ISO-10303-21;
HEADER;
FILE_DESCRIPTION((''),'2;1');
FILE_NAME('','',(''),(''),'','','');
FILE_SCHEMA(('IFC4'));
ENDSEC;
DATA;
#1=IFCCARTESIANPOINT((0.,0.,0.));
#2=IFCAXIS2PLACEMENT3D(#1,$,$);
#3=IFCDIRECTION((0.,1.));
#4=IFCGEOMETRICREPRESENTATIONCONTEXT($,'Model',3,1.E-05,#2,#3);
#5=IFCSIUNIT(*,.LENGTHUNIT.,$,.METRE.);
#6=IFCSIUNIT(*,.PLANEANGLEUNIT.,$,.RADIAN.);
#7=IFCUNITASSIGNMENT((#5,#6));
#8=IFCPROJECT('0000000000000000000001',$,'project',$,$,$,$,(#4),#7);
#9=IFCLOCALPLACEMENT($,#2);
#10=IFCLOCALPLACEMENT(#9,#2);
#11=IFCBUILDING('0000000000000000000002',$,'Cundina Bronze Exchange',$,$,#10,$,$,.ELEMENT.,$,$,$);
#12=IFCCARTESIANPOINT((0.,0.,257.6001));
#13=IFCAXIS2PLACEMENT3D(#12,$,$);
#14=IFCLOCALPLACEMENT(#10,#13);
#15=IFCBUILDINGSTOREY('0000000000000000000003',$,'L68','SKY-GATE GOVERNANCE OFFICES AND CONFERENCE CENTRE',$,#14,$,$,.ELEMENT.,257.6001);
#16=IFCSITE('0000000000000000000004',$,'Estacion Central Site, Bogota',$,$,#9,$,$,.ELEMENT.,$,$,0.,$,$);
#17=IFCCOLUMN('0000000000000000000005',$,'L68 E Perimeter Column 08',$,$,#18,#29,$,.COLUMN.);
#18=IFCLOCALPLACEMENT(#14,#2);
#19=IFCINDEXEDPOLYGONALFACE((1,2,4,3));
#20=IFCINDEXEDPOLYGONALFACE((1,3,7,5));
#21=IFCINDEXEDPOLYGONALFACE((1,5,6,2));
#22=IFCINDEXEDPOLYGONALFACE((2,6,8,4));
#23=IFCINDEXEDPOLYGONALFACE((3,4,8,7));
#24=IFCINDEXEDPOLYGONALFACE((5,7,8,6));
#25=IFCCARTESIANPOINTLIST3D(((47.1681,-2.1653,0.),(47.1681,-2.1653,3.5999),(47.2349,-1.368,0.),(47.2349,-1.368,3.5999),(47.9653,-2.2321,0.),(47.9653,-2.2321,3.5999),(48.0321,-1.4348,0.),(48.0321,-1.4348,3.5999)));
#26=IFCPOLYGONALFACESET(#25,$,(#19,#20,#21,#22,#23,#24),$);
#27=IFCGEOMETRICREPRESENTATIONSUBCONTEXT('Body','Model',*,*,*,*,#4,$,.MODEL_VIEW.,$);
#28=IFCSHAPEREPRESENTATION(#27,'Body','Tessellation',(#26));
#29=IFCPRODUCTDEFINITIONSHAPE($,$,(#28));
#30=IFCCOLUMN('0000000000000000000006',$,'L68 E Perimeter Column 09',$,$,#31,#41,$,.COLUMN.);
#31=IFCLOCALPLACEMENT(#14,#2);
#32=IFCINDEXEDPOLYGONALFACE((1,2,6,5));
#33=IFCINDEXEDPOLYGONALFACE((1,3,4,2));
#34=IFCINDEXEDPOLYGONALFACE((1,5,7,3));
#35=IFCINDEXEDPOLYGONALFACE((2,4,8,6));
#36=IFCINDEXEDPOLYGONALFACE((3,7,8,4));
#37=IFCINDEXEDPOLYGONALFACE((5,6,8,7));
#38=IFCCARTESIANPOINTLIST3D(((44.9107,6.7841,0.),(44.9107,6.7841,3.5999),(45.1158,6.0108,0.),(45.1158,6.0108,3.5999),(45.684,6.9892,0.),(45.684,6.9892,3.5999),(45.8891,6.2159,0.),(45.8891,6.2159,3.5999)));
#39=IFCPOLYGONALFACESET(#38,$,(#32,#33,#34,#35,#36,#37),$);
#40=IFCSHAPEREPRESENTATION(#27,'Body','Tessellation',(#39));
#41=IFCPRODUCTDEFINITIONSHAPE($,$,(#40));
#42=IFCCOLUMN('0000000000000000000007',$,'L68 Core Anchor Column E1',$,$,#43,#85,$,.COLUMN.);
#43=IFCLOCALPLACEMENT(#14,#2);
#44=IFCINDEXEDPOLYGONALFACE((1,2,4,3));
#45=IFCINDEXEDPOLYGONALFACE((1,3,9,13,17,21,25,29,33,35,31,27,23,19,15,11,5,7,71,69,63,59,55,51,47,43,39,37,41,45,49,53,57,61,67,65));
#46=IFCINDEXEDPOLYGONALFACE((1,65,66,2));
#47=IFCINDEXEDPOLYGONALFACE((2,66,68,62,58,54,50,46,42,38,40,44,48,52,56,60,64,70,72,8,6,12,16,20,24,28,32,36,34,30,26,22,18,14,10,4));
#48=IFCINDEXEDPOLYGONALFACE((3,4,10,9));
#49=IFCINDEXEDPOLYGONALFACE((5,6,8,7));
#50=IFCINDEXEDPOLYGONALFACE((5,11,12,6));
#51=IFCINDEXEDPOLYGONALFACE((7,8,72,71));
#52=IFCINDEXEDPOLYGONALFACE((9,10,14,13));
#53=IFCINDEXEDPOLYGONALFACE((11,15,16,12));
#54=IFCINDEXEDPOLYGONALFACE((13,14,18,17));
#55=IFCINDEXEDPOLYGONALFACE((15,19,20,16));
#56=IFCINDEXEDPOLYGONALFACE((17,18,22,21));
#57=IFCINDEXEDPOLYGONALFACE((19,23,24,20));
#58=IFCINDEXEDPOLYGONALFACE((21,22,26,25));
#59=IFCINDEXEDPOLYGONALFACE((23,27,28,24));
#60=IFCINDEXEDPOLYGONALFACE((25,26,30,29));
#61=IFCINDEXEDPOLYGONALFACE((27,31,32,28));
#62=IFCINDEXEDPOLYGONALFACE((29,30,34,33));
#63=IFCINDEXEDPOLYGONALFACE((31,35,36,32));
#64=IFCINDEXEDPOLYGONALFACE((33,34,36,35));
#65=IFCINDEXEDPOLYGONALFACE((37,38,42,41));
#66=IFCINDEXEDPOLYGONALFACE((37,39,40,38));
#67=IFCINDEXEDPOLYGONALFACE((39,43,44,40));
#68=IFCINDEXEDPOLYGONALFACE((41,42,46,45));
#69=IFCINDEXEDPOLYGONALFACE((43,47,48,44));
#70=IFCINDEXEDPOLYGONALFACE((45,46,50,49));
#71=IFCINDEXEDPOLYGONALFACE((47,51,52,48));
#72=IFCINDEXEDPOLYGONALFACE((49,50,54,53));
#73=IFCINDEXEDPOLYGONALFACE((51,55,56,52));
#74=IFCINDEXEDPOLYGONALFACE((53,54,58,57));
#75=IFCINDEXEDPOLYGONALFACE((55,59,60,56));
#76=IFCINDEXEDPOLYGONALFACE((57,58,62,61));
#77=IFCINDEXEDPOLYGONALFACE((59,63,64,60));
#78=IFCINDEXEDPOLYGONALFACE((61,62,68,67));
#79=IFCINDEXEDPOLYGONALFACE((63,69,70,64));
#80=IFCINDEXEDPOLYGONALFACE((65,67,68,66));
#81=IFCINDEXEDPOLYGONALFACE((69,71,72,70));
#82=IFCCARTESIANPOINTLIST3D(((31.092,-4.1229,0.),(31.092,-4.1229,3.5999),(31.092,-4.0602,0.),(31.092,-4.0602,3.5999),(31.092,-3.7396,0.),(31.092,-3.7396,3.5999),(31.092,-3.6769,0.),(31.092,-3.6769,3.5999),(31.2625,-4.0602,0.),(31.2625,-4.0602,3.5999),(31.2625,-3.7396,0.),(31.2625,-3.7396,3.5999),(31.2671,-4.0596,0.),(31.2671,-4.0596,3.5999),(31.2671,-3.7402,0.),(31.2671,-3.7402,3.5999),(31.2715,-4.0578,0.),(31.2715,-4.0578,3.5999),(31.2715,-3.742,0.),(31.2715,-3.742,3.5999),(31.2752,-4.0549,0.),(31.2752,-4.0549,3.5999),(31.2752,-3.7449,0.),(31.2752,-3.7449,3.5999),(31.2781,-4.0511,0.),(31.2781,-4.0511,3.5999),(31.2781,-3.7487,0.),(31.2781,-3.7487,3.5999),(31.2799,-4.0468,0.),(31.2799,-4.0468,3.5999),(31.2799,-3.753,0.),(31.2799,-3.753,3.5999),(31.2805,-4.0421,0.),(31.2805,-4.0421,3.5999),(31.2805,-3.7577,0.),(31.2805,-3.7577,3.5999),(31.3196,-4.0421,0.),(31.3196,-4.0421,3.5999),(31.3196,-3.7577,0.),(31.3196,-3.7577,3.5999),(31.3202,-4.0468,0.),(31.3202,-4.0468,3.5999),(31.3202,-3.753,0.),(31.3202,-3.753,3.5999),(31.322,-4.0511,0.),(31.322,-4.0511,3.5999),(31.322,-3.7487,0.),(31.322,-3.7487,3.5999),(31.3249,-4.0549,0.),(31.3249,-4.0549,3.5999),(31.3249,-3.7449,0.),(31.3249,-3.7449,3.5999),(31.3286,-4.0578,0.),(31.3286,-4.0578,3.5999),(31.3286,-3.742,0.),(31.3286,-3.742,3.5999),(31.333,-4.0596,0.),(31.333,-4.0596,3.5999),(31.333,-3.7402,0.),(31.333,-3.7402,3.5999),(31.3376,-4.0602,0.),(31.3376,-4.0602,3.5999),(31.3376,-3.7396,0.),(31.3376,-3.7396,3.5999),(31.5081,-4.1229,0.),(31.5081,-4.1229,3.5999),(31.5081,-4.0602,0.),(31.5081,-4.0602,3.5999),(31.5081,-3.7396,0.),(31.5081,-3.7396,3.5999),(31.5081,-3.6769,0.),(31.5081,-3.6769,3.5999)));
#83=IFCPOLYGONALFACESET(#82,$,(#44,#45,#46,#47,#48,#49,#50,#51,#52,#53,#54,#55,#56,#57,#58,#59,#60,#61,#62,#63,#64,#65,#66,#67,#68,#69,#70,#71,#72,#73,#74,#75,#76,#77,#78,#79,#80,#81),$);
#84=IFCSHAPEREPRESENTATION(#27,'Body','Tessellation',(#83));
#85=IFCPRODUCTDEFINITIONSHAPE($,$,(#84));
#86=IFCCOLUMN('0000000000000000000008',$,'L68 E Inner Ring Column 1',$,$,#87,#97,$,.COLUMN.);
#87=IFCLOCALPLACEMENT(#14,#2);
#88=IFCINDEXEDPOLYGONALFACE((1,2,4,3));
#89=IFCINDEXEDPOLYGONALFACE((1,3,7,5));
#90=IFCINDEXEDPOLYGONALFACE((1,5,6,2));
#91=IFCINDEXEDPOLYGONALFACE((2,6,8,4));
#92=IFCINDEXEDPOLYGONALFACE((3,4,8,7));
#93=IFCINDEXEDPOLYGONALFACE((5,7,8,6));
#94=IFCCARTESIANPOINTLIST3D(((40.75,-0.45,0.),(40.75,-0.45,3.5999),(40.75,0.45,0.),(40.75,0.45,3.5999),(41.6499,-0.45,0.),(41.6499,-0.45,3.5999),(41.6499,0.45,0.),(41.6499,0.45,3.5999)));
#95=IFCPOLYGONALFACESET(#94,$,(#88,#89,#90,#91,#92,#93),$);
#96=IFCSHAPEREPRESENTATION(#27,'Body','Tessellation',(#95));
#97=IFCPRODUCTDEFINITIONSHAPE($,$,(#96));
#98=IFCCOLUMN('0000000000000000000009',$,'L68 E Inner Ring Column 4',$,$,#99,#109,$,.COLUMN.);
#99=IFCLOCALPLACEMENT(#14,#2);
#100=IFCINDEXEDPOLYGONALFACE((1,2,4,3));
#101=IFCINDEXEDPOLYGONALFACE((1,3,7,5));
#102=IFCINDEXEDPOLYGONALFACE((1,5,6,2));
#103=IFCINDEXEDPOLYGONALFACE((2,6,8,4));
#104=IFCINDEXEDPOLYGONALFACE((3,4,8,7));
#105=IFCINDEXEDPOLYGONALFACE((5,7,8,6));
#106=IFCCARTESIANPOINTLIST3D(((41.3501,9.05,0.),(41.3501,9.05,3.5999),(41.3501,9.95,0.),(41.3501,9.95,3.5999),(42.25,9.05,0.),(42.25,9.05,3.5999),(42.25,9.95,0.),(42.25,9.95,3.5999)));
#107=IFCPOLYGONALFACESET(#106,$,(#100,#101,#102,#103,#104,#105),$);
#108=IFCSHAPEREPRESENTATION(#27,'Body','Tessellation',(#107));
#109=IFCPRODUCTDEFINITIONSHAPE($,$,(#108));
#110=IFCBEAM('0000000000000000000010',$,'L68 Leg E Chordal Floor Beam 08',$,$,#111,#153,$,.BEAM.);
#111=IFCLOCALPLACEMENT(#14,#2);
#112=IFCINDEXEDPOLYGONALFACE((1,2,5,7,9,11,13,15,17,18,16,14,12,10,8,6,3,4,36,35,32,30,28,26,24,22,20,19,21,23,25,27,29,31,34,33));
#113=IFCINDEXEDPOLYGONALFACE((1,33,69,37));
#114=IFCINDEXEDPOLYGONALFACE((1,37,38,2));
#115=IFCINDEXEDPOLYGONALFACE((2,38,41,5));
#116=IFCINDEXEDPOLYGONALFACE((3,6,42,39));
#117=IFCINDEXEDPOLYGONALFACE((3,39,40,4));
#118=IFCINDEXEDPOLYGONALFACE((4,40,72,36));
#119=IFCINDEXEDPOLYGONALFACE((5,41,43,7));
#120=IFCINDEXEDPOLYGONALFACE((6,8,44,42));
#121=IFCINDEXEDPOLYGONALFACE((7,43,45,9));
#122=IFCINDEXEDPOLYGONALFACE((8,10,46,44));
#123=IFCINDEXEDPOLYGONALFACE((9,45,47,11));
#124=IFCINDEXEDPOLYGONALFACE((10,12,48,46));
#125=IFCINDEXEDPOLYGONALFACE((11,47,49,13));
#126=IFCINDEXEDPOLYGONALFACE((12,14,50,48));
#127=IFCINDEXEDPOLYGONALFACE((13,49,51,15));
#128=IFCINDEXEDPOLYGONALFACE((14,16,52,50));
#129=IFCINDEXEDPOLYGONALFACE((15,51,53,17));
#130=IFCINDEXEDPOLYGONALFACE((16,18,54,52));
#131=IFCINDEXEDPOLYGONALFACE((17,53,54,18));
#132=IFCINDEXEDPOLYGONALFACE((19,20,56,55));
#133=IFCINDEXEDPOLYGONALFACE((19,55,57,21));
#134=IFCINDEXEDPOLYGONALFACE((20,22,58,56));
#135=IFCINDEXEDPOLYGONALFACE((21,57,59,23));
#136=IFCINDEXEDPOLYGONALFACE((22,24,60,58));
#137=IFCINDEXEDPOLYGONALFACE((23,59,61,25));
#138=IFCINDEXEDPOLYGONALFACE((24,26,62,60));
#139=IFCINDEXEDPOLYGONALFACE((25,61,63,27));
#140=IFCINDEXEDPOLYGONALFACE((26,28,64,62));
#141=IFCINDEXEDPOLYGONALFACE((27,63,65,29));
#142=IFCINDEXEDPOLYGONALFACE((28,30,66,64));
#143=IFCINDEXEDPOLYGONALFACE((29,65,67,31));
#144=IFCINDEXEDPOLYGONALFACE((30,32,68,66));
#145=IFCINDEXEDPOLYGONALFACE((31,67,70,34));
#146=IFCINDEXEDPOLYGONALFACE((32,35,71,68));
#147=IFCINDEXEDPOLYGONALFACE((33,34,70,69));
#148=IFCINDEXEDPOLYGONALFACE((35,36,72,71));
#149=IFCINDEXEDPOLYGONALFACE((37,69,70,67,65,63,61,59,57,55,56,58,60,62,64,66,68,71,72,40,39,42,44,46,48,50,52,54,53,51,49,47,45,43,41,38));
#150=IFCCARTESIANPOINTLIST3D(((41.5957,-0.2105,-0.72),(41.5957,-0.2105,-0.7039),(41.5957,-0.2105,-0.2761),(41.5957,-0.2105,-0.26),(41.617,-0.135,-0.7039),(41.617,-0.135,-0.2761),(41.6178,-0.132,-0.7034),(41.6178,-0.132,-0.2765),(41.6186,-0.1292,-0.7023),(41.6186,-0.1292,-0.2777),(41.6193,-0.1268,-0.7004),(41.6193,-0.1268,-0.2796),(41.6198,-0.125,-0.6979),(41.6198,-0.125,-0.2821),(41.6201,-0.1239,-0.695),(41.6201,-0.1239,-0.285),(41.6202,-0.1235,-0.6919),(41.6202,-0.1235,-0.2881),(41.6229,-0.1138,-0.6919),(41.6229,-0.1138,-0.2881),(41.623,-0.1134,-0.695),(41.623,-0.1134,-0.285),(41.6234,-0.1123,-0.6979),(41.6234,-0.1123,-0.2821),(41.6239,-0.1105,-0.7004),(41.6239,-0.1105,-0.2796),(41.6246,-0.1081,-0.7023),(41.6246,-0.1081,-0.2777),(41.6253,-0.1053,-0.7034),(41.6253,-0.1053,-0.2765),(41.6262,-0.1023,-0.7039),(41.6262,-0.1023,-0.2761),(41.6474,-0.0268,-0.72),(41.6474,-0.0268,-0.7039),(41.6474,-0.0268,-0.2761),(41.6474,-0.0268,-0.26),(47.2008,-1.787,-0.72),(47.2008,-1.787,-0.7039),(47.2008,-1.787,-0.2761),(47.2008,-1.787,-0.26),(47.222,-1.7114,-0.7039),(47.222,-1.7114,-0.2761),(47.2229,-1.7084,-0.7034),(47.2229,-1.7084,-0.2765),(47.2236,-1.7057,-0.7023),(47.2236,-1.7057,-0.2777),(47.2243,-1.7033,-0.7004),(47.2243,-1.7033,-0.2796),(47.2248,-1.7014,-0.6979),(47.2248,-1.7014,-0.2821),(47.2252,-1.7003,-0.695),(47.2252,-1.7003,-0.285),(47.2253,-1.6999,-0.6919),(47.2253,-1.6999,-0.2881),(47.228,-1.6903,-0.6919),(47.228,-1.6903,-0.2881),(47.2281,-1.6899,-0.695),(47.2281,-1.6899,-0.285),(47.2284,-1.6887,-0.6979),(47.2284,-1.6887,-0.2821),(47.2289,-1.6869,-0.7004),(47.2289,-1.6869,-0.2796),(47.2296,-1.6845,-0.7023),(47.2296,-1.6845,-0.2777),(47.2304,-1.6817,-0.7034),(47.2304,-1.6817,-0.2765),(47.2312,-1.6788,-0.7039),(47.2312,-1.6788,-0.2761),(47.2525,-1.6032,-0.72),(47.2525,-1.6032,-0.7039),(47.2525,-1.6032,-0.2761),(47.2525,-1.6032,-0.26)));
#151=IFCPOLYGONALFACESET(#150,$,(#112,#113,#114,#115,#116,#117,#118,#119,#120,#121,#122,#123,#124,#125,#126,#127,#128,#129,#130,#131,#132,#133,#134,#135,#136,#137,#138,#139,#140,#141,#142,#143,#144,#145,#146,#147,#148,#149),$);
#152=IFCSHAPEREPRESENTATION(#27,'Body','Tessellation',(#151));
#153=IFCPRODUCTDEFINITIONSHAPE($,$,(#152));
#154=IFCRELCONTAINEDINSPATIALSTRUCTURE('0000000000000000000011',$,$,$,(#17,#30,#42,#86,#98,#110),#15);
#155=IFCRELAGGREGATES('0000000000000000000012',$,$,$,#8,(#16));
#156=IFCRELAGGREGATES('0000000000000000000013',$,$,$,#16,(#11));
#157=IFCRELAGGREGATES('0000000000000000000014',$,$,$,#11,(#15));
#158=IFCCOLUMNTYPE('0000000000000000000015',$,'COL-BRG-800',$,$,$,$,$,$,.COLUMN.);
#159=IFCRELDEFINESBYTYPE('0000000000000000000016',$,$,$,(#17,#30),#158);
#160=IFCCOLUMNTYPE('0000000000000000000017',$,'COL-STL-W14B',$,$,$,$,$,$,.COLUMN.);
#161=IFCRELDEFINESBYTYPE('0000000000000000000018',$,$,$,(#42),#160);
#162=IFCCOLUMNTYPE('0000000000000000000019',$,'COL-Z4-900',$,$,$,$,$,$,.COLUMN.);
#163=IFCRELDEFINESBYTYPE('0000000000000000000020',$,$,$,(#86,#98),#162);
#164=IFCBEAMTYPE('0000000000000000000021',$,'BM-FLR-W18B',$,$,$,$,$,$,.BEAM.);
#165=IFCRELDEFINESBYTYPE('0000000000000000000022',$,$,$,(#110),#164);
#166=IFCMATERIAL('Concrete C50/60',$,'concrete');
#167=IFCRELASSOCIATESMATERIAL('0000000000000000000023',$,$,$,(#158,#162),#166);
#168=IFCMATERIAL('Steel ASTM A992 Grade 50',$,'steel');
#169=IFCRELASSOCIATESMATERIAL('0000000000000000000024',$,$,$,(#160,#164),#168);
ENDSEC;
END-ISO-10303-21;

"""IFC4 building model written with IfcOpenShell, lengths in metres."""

from ifc_helpers import new_model, si_unit, direction, frame, origin, origin_2d, place, context, subcontext, project, spatial, rectangle, i_section, extrude, material, material_profile, profile_set, type_object, element, save


model = new_model("IFC4")

# Units and contexts
model_context = context("Model", 3, precision=1e-05, world=origin(), true_north=direction((0.0, 1.0)))
body_context = subcontext(model_context, "Body", "Model", "MODEL_VIEW")
ifc_project = project(units=[si_unit("LENGTHUNIT", "METRE"), si_unit("PLANEANGLEUNIT", "RADIAN")], contexts=[model_context])

# Site, building, storey
site_placement = place(None, origin())
site = spatial("IfcSite", under=ifc_project, at=site_placement, Name="Estacion Central Site, Bogota", CompositionType="ELEMENT", RefElevation=0.0)
building_placement = place(site_placement, origin())
building = spatial("IfcBuilding", under=site, at=building_placement, Name="Cundina Bronze Exchange", CompositionType="ELEMENT")
storey_placement = place(building_placement, frame((0.0, 0.0, 257.6001)))
storey = spatial("IfcBuildingStorey", under=building, at=storey_placement, Name="L68", Description="SKY-GATE GOVERNANCE OFFICES AND CONFERENCE CENTRE", CompositionType="ELEMENT", Elevation=257.6001)

# Columns
ifc_material_1 = material(Name="Concrete C50/60", Category="concrete")
ifc_material_profile_1 = material_profile(ifc_material_1, rectangle(XDim=0.8, YDim=0.8, at=origin_2d()), Name="RC800X800", Category="concrete")
ifc_profile_set_1 = profile_set([ifc_material_profile_1], Name="Concrete C50/60")
column_type_1 = type_object("IfcColumnType", Name="COL-BRG-800", PredefinedType="COLUMN", material=ifc_profile_set_1)
for number, where, z_axis, x_axis, name in (
    (1, (47.6001, -1.8, 0.0), (0.0, 0.0, 1.0), (0.083504, 0.996507, 0.0), "L68 E Perimeter Column 08"),
    (2, (45.3999, 6.5, 0.0), (0.0, 0.0, 1.0), (-0.256289, 0.9666, 0.0), "L68 E Perimeter Column 09"),
):
    element("IfcColumn", number, at=place(storey_placement, frame(where, z_axis=z_axis, x_axis=x_axis)), inside=storey, type_object=column_type_1, Name=name, PredefinedType="COLUMN", context=body_context, shape_type="SweptSolid", body=[
        extrude(rectangle(XDim=0.8, YDim=0.8, at=origin_2d()), origin(), (0.0, 0.0, 1.0), 3.5999),
    ])
ifc_material_2 = material(Name="Steel ASTM A992 Grade 50", Category="steel")
ifc_material_profile_2 = material_profile(ifc_material_2, i_section(OverallWidth=0.416, OverallDepth=0.446, WebThickness=0.0391, FlangeThickness=0.0627, FilletRadius=0.0181, at=origin_2d()), Name="W14X342", Category="steel")
ifc_profile_set_2 = profile_set([ifc_material_profile_2], Name="Steel ASTM A992 Grade 50")
column_type_2 = type_object("IfcColumnType", Name="COL-STL-W14B", PredefinedType="COLUMN", material=ifc_profile_set_2)
column_placement = place(storey_placement, frame((31.3, -3.8999, 0.0), z_axis=(0.0, 0.0, 1.0), x_axis=(1.0, 0.0, 0.0)))
element("IfcColumn", 3, at=column_placement, inside=storey, type_object=column_type_2, Name="L68 Core Anchor Column E1", PredefinedType="COLUMN", context=body_context, shape_type="SweptSolid", body=[
    extrude(i_section(OverallWidth=0.416, OverallDepth=0.446, WebThickness=0.0391, FlangeThickness=0.0627, FilletRadius=0.0181, at=origin_2d()), origin(), (0.0, 0.0, 1.0), 3.5999),
])
ifc_material_profile_3 = material_profile(ifc_material_1, rectangle(XDim=0.8999, YDim=0.8999, at=origin_2d()), Name="RC900X900", Category="concrete")
ifc_profile_set_3 = profile_set([ifc_material_profile_3], Name="Concrete C50/60")
column_type_3 = type_object("IfcColumnType", Name="COL-Z4-900", PredefinedType="COLUMN", material=ifc_profile_set_3)
for number, where, z_axis, x_axis, name in (
    (4, (41.2, 0.0, 0.0), (0.0, 0.0, 1.0), (1.0, 0.0, 0.0), "L68 E Inner Ring Column 1"),
    (5, (41.8, 9.5, 0.0), (0.0, 0.0, 1.0), (1.0, 0.0, 0.0), "L68 E Inner Ring Column 4"),
):
    element("IfcColumn", number, at=place(storey_placement, frame(where, z_axis=z_axis, x_axis=x_axis)), inside=storey, type_object=column_type_3, Name=name, PredefinedType="COLUMN", context=body_context, shape_type="SweptSolid", body=[
        extrude(rectangle(XDim=0.8999, YDim=0.8999, at=origin_2d()), origin(), (0.0, 0.0, 1.0), 3.5999),
    ])

# Beam
ifc_material_profile_4 = material_profile(ifc_material_2, i_section(OverallWidth=0.1909, OverallDepth=0.46, WebThickness=0.01, FlangeThickness=0.0161, FilletRadius=0.012, at=origin_2d()), Name="W18X55", Category="steel")
ifc_profile_set_4 = profile_set([ifc_material_profile_4], Name="Steel ASTM A992 Grade 50")
beam_type_1 = type_object("IfcBeamType", Name="BM-FLR-W18B", PredefinedType="BEAM", material=ifc_profile_set_4)
beam_1_placement = place(storey_placement, frame((41.6216, -0.1187, -0.49), z_axis=(0.96265, -0.270748, 0.0), x_axis=(0.270748, 0.96265, 0.0)))
element("IfcBeam", 6, at=beam_1_placement, inside=storey, type_object=beam_type_1, Name="L68 Leg E Chordal Floor Beam 08", PredefinedType="BEAM", context=body_context, shape_type="SweptSolid", body=[
    extrude(i_section(OverallWidth=0.1909, OverallDepth=0.46, WebThickness=0.01, FlangeThickness=0.0161, FilletRadius=0.012, at=origin_2d()), origin(), (0.0, 0.0, 1.0), 5.8225),
])

save(model, "model.ifc")
